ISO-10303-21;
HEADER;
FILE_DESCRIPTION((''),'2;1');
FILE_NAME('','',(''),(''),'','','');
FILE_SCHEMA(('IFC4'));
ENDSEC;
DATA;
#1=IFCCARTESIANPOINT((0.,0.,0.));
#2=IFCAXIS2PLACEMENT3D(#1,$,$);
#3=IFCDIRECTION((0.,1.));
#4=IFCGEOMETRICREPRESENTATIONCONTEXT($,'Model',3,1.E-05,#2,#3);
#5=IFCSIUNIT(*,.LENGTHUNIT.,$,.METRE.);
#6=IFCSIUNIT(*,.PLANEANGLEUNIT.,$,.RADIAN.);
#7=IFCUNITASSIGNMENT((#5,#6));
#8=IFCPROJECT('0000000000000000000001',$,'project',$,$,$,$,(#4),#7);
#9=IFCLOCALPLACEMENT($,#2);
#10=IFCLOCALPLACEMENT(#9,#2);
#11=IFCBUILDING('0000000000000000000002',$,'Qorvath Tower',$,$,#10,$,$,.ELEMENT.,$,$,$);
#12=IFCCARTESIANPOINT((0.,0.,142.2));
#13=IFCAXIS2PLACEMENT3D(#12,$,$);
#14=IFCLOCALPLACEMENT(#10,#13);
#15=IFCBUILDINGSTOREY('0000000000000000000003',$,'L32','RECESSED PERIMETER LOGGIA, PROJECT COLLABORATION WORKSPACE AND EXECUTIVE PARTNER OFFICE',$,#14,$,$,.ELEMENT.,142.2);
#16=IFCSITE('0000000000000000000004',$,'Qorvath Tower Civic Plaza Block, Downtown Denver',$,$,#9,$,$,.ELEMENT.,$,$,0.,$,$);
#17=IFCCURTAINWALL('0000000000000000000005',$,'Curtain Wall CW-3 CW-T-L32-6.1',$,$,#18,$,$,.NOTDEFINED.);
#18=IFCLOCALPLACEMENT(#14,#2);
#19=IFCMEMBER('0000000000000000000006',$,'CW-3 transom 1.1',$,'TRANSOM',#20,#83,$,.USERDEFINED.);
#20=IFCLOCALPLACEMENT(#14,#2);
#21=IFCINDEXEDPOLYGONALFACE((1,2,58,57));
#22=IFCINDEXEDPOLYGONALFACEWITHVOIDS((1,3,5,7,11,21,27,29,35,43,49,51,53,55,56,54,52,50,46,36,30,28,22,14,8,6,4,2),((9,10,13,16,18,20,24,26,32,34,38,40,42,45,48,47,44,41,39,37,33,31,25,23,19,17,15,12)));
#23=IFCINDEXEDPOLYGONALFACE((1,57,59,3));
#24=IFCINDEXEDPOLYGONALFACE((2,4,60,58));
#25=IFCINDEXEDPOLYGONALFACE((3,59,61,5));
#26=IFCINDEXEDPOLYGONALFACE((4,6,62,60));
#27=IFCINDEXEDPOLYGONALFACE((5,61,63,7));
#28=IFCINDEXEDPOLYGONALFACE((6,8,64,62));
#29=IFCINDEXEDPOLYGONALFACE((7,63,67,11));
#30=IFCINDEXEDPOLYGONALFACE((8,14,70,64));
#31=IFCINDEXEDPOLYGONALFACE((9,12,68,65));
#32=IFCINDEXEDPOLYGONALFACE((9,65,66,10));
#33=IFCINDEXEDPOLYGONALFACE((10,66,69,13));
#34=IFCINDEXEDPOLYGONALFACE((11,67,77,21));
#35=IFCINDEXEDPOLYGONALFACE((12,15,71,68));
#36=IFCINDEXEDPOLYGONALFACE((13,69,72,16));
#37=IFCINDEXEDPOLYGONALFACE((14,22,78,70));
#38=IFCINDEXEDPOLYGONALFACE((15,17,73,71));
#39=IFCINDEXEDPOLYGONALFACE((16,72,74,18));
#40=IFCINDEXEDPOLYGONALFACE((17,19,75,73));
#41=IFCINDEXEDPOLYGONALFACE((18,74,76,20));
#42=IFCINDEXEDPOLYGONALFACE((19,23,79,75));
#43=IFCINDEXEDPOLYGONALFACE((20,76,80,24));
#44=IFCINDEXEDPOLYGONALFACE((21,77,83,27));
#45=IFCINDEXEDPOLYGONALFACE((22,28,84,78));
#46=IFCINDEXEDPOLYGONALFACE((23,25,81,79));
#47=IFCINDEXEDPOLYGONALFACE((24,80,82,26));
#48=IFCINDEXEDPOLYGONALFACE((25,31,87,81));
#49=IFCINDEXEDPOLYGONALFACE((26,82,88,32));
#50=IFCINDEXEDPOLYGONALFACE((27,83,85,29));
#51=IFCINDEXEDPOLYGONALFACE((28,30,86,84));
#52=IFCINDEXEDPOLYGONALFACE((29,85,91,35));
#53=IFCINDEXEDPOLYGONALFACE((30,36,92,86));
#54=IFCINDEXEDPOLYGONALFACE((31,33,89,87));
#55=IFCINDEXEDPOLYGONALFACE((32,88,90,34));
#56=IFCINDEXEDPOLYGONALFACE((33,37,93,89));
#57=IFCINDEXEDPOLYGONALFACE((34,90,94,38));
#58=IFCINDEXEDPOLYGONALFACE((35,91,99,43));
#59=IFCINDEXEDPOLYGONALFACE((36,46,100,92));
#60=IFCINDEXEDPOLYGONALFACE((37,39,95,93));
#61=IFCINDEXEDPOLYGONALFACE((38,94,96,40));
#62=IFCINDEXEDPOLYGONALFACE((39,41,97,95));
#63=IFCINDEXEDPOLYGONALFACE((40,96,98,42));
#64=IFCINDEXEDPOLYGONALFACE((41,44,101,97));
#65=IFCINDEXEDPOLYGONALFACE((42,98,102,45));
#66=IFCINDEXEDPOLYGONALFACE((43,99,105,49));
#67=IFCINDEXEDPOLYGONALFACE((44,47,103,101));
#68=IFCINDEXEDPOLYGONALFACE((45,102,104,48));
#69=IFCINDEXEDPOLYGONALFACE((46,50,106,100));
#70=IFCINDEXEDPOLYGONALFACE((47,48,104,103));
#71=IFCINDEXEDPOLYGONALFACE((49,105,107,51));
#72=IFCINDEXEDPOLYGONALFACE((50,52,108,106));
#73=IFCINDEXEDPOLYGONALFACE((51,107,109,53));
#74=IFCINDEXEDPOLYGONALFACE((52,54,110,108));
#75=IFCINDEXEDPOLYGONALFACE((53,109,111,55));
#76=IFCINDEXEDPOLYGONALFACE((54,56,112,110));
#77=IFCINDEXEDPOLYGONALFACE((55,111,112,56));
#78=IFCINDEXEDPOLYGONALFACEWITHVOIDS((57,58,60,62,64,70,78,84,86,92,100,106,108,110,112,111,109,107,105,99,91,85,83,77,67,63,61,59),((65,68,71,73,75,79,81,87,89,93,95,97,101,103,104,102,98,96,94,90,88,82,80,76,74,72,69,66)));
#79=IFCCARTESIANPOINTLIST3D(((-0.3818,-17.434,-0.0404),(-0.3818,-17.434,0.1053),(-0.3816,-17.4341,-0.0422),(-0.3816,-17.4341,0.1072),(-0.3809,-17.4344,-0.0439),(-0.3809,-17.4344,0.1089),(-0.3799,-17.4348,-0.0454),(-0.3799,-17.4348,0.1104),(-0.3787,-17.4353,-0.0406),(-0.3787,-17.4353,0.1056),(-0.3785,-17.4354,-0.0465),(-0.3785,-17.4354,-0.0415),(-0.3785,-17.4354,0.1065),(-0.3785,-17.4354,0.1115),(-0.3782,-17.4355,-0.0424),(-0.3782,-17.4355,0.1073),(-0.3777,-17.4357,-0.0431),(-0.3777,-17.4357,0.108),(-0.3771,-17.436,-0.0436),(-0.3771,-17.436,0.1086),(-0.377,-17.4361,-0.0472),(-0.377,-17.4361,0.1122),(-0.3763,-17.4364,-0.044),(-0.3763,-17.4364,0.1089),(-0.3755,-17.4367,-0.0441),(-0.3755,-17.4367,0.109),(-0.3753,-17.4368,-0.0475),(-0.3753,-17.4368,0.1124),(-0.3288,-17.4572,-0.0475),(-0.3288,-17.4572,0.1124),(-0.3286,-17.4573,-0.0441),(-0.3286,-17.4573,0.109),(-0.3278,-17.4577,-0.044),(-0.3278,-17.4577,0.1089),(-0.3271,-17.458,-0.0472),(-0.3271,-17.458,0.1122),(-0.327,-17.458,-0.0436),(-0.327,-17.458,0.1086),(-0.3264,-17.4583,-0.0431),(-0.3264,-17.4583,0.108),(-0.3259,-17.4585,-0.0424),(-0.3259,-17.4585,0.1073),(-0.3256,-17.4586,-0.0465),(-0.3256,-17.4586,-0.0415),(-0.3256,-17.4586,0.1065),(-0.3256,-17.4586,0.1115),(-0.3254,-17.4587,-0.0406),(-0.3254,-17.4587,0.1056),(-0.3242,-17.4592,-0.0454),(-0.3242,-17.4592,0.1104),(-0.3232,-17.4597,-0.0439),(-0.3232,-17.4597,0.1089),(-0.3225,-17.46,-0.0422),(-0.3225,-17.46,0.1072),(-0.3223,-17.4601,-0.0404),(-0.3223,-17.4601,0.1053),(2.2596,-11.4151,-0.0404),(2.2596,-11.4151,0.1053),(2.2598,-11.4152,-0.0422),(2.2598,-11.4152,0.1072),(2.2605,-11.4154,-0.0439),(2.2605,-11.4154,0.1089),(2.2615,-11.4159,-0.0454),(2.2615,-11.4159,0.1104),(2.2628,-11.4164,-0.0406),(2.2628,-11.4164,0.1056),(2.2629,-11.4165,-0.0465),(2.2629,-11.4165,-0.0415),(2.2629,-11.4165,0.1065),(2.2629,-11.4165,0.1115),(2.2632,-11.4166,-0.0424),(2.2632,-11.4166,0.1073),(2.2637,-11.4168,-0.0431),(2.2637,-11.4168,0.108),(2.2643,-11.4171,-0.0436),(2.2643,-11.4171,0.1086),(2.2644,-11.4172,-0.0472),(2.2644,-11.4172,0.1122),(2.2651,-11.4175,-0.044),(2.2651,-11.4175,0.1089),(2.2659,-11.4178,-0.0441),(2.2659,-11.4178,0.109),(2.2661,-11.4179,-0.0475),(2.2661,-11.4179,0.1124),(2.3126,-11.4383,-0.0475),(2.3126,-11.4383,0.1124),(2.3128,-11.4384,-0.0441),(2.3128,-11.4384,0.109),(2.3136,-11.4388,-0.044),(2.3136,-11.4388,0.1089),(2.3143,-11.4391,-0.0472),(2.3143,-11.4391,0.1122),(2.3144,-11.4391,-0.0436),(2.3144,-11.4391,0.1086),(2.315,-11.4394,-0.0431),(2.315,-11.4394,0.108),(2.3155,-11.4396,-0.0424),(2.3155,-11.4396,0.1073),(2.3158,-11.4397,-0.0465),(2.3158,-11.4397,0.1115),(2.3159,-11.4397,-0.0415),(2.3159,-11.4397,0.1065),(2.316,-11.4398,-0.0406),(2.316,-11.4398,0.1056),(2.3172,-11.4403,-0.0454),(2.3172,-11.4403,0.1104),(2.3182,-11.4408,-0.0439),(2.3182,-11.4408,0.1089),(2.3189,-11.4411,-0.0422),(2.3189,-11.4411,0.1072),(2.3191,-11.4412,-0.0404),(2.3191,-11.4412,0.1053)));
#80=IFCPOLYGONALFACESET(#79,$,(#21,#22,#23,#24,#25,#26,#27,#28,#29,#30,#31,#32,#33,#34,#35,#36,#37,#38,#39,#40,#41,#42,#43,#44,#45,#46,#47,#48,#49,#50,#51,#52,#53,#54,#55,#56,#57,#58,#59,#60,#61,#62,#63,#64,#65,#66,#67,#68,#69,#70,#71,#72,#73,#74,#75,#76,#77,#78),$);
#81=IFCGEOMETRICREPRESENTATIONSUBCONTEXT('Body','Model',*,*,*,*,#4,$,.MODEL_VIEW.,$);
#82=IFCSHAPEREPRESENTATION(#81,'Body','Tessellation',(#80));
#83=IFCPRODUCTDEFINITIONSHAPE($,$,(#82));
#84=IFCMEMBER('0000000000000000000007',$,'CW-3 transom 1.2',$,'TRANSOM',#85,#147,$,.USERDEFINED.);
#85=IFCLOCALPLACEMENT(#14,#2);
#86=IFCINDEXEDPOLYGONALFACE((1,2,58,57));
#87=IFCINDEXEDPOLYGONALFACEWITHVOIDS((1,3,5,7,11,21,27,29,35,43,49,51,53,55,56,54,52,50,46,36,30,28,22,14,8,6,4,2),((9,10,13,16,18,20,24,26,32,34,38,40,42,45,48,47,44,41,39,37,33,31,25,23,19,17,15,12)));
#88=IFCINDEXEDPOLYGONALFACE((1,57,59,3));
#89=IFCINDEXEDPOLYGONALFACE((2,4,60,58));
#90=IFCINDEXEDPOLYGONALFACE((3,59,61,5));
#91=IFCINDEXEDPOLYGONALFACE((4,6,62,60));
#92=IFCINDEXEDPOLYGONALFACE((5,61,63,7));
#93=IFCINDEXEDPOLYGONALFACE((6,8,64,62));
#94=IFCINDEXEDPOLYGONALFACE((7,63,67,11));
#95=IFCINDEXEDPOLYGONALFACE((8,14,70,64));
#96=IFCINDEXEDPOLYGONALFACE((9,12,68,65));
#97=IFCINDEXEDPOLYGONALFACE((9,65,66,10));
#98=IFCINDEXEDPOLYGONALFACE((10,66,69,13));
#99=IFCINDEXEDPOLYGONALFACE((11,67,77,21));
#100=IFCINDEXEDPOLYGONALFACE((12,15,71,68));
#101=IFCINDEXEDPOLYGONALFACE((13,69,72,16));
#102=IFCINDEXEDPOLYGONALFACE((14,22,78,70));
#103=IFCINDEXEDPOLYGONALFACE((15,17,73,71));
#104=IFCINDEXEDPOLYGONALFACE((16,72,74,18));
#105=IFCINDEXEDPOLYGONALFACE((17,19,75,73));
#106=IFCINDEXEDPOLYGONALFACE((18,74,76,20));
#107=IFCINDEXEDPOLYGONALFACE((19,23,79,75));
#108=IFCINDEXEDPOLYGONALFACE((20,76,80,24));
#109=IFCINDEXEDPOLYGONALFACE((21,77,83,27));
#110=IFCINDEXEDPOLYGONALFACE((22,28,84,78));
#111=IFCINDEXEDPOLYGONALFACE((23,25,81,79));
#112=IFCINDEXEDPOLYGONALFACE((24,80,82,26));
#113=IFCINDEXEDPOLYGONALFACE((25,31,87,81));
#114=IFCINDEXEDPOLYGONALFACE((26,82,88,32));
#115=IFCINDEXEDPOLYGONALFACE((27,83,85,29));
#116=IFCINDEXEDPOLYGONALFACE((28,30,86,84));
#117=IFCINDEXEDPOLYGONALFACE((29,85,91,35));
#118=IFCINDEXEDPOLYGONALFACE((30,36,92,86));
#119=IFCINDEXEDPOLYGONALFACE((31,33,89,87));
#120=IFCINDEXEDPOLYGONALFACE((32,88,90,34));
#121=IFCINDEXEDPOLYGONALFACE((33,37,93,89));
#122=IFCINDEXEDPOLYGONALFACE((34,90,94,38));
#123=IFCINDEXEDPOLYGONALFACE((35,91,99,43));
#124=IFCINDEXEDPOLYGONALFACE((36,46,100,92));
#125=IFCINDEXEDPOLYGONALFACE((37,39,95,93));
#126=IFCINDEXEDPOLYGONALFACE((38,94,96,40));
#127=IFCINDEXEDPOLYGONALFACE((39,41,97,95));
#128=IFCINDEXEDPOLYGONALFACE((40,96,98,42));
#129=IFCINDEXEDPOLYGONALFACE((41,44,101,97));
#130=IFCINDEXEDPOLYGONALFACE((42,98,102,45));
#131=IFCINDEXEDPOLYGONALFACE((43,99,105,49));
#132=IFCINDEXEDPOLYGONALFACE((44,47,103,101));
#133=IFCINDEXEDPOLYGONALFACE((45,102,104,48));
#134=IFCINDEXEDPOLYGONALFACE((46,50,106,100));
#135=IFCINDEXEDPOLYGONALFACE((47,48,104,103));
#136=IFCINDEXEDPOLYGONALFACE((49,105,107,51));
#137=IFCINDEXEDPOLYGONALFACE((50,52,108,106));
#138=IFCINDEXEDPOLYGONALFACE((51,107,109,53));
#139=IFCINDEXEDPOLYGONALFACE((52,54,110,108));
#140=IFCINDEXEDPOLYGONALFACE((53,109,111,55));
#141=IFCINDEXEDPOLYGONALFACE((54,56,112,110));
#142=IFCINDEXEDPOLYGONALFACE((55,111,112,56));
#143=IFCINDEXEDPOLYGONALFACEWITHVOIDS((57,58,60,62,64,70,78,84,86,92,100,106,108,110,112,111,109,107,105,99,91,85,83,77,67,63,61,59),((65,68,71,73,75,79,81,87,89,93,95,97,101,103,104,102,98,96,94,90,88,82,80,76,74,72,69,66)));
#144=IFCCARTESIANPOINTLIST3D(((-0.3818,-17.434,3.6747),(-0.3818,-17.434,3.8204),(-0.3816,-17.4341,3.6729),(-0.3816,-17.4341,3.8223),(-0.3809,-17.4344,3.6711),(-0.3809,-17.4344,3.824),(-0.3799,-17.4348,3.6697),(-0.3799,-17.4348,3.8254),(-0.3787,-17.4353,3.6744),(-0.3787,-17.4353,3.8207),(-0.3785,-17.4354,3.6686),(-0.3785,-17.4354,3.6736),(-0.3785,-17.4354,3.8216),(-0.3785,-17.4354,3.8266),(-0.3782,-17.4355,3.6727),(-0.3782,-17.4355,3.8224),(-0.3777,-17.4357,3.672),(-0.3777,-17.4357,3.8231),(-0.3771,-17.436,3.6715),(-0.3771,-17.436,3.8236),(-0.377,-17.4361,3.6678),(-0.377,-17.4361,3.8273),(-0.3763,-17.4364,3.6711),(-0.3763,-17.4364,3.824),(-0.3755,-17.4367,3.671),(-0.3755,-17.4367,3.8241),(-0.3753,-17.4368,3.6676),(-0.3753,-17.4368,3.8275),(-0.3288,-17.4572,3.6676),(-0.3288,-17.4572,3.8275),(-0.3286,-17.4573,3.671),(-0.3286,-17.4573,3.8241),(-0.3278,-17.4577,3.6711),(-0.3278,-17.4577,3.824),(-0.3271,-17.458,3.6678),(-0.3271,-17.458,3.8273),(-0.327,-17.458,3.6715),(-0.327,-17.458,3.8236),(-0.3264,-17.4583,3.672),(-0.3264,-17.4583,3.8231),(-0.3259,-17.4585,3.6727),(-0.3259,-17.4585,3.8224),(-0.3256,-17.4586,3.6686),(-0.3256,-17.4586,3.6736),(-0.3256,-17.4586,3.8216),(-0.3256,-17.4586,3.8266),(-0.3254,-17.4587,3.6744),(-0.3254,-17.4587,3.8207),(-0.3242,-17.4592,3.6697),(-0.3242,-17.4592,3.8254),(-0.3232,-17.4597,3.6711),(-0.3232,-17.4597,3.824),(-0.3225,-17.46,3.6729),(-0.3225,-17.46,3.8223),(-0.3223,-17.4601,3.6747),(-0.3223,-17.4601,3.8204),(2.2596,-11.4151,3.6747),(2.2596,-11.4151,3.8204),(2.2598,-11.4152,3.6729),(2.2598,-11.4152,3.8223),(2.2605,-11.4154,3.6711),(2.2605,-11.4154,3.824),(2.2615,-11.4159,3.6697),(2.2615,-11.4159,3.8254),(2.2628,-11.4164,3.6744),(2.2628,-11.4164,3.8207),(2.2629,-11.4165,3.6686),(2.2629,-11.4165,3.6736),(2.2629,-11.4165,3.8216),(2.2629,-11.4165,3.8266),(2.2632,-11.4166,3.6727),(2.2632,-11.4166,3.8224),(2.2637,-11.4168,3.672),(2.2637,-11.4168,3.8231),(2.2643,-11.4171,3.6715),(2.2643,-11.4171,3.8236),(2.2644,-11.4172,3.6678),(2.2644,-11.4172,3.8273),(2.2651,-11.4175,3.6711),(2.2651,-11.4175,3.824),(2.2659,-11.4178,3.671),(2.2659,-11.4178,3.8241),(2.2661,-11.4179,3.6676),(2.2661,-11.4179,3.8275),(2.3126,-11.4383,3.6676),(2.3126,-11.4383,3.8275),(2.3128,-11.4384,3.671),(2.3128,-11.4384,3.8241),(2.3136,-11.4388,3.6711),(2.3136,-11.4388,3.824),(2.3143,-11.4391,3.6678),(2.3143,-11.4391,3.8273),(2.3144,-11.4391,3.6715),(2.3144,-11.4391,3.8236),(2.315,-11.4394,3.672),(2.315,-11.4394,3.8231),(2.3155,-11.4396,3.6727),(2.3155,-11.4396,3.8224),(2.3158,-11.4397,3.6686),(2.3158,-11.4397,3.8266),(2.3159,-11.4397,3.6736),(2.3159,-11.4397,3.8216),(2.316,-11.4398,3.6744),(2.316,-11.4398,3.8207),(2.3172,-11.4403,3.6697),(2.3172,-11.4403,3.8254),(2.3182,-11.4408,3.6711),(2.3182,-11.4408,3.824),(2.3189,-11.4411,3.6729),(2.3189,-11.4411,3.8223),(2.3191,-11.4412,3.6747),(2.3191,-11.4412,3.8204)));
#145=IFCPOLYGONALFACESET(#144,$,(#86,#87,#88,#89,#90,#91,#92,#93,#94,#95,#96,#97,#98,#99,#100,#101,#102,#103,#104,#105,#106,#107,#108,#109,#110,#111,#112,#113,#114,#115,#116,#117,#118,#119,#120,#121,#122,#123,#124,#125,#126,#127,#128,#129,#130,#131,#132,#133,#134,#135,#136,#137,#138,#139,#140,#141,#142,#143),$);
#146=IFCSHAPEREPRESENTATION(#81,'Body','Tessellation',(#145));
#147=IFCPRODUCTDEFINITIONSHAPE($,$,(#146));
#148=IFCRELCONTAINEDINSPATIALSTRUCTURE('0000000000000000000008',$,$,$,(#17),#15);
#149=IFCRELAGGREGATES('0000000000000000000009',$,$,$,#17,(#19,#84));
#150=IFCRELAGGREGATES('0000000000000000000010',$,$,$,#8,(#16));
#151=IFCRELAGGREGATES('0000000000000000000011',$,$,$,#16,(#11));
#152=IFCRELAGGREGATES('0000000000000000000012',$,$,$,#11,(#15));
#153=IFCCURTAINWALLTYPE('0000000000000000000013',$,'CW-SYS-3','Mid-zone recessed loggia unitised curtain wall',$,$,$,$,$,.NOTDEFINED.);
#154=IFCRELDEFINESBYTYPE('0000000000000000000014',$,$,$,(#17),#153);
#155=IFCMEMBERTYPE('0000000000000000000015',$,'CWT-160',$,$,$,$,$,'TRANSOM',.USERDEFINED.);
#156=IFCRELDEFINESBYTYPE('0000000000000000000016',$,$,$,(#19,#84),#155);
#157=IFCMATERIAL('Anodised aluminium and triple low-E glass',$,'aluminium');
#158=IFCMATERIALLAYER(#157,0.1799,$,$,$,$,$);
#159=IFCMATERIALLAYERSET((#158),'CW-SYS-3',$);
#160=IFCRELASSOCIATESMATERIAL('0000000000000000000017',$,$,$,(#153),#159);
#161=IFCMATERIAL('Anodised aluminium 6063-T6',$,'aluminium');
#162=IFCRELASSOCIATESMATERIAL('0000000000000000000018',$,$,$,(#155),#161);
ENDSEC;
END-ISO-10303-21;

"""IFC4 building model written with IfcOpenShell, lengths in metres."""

from ifc_helpers import new_model, si_unit, direction, frame, origin, origin_2d, place, context, subcontext, project, spatial, hollow_rectangle, extrude, material, layer, layer_set, material_profile, profile_set, type_object, element, aggregate, save


model = new_model("IFC4")

# Units and contexts
model_context = context("Model", 3, precision=1e-05, world=origin(), true_north=direction((0.0, 1.0)))
body_context = subcontext(model_context, "Body", "Model", "MODEL_VIEW")
ifc_project = project(units=[si_unit("LENGTHUNIT", "METRE"), si_unit("PLANEANGLEUNIT", "RADIAN")], contexts=[model_context])

# Site, building, storey
site_placement = place(None, origin())
site = spatial("IfcSite", under=ifc_project, at=site_placement, Name="Qorvath Tower Civic Plaza Block, Downtown Denver", CompositionType="ELEMENT", RefElevation=0.0)
building_placement = place(site_placement, origin())
building = spatial("IfcBuilding", under=site, at=building_placement, Name="Qorvath Tower", CompositionType="ELEMENT")
storey_placement = place(building_placement, frame((0.0, 0.0, 142.2)))
storey = spatial("IfcBuildingStorey", under=building, at=storey_placement, Name="L32", Description="RECESSED PERIMETER LOGGIA, PROJECT COLLABORATION WORKSPACE AND EXECUTIVE PARTNER OFFICE", CompositionType="ELEMENT", Elevation=142.2)

# Curtain wall
ifc_material_1 = material(Name="Anodised aluminium and triple low-E glass", Category="aluminium")
ifc_layer_1 = layer(ifc_material_1, 0.1799)
ifc_layer_set_1 = layer_set([ifc_layer_1], Name="CW-SYS-3")
curtain_wall_type = type_object("IfcCurtainWallType", Name="CW-SYS-3", Description="Mid-zone recessed loggia unitised curtain wall", PredefinedType="NOTDEFINED", material=ifc_layer_set_1)
curtain_wall_1_placement = place(storey_placement, origin())
curtain_wall_1 = element("IfcCurtainWall", 1, at=curtain_wall_1_placement, inside=storey, type_object=curtain_wall_type, Name="Curtain Wall CW-3 CW-T-L32-6.1", PredefinedType="NOTDEFINED")

# Members
ifc_material_2 = material(Name="Anodised aluminium 6063-T6", Category="aluminium")
ifc_material_profile_1 = material_profile(ifc_material_2, hollow_rectangle(XDim=0.0649, YDim=0.1599, WallThickness=0.0034, InnerFilletRadius=0.0034, OuterFilletRadius=0.0071, at=origin_2d()), Name="CWT 160x65")
ifc_profile_set_1 = profile_set([ifc_material_profile_1], Name="Anodised aluminium 6063-T6")
member_type_1 = type_object("IfcMemberType", Name="CWT-160", ElementType="TRANSOM", PredefinedType="USERDEFINED", material=ifc_profile_set_1)
member_1_placement = place(storey_placement, frame((-0.3521, -17.447, 0.0325), z_axis=(0.401857, 0.915702, 0.0), x_axis=(-0.915702, 0.401857, 0.0)))
member_1 = element("IfcMember", 2, at=member_1_placement, type_object=member_type_1, Name="CW-3 transom 1.1", ObjectType="TRANSOM", PredefinedType="USERDEFINED", context=body_context, shape_type="SweptSolid", body=[
    extrude(hollow_rectangle(XDim=0.0649, YDim=0.1599, WallThickness=0.0034, InnerFilletRadius=0.0034, OuterFilletRadius=0.0071, at=origin_2d()), origin(), (0.0, 0.0, 1.0), 6.573),
])
member_2_placement = place(storey_placement, frame((-0.3521, -17.447, 3.7476), z_axis=(0.401857, 0.915702, 0.0), x_axis=(-0.915702, 0.401857, 0.0)))
member_2 = element("IfcMember", 3, at=member_2_placement, type_object=member_type_1, Name="CW-3 transom 1.2", ObjectType="TRANSOM", PredefinedType="USERDEFINED", context=body_context, shape_type="SweptSolid", body=[
    extrude(hollow_rectangle(XDim=0.0649, YDim=0.1599, WallThickness=0.0034, InnerFilletRadius=0.0034, OuterFilletRadius=0.0071, at=origin_2d()), origin(), (0.0, 0.0, 1.0), 6.573),
])

aggregate(curtain_wall_1, [member_1, member_2])

save(model, "model.ifc")
